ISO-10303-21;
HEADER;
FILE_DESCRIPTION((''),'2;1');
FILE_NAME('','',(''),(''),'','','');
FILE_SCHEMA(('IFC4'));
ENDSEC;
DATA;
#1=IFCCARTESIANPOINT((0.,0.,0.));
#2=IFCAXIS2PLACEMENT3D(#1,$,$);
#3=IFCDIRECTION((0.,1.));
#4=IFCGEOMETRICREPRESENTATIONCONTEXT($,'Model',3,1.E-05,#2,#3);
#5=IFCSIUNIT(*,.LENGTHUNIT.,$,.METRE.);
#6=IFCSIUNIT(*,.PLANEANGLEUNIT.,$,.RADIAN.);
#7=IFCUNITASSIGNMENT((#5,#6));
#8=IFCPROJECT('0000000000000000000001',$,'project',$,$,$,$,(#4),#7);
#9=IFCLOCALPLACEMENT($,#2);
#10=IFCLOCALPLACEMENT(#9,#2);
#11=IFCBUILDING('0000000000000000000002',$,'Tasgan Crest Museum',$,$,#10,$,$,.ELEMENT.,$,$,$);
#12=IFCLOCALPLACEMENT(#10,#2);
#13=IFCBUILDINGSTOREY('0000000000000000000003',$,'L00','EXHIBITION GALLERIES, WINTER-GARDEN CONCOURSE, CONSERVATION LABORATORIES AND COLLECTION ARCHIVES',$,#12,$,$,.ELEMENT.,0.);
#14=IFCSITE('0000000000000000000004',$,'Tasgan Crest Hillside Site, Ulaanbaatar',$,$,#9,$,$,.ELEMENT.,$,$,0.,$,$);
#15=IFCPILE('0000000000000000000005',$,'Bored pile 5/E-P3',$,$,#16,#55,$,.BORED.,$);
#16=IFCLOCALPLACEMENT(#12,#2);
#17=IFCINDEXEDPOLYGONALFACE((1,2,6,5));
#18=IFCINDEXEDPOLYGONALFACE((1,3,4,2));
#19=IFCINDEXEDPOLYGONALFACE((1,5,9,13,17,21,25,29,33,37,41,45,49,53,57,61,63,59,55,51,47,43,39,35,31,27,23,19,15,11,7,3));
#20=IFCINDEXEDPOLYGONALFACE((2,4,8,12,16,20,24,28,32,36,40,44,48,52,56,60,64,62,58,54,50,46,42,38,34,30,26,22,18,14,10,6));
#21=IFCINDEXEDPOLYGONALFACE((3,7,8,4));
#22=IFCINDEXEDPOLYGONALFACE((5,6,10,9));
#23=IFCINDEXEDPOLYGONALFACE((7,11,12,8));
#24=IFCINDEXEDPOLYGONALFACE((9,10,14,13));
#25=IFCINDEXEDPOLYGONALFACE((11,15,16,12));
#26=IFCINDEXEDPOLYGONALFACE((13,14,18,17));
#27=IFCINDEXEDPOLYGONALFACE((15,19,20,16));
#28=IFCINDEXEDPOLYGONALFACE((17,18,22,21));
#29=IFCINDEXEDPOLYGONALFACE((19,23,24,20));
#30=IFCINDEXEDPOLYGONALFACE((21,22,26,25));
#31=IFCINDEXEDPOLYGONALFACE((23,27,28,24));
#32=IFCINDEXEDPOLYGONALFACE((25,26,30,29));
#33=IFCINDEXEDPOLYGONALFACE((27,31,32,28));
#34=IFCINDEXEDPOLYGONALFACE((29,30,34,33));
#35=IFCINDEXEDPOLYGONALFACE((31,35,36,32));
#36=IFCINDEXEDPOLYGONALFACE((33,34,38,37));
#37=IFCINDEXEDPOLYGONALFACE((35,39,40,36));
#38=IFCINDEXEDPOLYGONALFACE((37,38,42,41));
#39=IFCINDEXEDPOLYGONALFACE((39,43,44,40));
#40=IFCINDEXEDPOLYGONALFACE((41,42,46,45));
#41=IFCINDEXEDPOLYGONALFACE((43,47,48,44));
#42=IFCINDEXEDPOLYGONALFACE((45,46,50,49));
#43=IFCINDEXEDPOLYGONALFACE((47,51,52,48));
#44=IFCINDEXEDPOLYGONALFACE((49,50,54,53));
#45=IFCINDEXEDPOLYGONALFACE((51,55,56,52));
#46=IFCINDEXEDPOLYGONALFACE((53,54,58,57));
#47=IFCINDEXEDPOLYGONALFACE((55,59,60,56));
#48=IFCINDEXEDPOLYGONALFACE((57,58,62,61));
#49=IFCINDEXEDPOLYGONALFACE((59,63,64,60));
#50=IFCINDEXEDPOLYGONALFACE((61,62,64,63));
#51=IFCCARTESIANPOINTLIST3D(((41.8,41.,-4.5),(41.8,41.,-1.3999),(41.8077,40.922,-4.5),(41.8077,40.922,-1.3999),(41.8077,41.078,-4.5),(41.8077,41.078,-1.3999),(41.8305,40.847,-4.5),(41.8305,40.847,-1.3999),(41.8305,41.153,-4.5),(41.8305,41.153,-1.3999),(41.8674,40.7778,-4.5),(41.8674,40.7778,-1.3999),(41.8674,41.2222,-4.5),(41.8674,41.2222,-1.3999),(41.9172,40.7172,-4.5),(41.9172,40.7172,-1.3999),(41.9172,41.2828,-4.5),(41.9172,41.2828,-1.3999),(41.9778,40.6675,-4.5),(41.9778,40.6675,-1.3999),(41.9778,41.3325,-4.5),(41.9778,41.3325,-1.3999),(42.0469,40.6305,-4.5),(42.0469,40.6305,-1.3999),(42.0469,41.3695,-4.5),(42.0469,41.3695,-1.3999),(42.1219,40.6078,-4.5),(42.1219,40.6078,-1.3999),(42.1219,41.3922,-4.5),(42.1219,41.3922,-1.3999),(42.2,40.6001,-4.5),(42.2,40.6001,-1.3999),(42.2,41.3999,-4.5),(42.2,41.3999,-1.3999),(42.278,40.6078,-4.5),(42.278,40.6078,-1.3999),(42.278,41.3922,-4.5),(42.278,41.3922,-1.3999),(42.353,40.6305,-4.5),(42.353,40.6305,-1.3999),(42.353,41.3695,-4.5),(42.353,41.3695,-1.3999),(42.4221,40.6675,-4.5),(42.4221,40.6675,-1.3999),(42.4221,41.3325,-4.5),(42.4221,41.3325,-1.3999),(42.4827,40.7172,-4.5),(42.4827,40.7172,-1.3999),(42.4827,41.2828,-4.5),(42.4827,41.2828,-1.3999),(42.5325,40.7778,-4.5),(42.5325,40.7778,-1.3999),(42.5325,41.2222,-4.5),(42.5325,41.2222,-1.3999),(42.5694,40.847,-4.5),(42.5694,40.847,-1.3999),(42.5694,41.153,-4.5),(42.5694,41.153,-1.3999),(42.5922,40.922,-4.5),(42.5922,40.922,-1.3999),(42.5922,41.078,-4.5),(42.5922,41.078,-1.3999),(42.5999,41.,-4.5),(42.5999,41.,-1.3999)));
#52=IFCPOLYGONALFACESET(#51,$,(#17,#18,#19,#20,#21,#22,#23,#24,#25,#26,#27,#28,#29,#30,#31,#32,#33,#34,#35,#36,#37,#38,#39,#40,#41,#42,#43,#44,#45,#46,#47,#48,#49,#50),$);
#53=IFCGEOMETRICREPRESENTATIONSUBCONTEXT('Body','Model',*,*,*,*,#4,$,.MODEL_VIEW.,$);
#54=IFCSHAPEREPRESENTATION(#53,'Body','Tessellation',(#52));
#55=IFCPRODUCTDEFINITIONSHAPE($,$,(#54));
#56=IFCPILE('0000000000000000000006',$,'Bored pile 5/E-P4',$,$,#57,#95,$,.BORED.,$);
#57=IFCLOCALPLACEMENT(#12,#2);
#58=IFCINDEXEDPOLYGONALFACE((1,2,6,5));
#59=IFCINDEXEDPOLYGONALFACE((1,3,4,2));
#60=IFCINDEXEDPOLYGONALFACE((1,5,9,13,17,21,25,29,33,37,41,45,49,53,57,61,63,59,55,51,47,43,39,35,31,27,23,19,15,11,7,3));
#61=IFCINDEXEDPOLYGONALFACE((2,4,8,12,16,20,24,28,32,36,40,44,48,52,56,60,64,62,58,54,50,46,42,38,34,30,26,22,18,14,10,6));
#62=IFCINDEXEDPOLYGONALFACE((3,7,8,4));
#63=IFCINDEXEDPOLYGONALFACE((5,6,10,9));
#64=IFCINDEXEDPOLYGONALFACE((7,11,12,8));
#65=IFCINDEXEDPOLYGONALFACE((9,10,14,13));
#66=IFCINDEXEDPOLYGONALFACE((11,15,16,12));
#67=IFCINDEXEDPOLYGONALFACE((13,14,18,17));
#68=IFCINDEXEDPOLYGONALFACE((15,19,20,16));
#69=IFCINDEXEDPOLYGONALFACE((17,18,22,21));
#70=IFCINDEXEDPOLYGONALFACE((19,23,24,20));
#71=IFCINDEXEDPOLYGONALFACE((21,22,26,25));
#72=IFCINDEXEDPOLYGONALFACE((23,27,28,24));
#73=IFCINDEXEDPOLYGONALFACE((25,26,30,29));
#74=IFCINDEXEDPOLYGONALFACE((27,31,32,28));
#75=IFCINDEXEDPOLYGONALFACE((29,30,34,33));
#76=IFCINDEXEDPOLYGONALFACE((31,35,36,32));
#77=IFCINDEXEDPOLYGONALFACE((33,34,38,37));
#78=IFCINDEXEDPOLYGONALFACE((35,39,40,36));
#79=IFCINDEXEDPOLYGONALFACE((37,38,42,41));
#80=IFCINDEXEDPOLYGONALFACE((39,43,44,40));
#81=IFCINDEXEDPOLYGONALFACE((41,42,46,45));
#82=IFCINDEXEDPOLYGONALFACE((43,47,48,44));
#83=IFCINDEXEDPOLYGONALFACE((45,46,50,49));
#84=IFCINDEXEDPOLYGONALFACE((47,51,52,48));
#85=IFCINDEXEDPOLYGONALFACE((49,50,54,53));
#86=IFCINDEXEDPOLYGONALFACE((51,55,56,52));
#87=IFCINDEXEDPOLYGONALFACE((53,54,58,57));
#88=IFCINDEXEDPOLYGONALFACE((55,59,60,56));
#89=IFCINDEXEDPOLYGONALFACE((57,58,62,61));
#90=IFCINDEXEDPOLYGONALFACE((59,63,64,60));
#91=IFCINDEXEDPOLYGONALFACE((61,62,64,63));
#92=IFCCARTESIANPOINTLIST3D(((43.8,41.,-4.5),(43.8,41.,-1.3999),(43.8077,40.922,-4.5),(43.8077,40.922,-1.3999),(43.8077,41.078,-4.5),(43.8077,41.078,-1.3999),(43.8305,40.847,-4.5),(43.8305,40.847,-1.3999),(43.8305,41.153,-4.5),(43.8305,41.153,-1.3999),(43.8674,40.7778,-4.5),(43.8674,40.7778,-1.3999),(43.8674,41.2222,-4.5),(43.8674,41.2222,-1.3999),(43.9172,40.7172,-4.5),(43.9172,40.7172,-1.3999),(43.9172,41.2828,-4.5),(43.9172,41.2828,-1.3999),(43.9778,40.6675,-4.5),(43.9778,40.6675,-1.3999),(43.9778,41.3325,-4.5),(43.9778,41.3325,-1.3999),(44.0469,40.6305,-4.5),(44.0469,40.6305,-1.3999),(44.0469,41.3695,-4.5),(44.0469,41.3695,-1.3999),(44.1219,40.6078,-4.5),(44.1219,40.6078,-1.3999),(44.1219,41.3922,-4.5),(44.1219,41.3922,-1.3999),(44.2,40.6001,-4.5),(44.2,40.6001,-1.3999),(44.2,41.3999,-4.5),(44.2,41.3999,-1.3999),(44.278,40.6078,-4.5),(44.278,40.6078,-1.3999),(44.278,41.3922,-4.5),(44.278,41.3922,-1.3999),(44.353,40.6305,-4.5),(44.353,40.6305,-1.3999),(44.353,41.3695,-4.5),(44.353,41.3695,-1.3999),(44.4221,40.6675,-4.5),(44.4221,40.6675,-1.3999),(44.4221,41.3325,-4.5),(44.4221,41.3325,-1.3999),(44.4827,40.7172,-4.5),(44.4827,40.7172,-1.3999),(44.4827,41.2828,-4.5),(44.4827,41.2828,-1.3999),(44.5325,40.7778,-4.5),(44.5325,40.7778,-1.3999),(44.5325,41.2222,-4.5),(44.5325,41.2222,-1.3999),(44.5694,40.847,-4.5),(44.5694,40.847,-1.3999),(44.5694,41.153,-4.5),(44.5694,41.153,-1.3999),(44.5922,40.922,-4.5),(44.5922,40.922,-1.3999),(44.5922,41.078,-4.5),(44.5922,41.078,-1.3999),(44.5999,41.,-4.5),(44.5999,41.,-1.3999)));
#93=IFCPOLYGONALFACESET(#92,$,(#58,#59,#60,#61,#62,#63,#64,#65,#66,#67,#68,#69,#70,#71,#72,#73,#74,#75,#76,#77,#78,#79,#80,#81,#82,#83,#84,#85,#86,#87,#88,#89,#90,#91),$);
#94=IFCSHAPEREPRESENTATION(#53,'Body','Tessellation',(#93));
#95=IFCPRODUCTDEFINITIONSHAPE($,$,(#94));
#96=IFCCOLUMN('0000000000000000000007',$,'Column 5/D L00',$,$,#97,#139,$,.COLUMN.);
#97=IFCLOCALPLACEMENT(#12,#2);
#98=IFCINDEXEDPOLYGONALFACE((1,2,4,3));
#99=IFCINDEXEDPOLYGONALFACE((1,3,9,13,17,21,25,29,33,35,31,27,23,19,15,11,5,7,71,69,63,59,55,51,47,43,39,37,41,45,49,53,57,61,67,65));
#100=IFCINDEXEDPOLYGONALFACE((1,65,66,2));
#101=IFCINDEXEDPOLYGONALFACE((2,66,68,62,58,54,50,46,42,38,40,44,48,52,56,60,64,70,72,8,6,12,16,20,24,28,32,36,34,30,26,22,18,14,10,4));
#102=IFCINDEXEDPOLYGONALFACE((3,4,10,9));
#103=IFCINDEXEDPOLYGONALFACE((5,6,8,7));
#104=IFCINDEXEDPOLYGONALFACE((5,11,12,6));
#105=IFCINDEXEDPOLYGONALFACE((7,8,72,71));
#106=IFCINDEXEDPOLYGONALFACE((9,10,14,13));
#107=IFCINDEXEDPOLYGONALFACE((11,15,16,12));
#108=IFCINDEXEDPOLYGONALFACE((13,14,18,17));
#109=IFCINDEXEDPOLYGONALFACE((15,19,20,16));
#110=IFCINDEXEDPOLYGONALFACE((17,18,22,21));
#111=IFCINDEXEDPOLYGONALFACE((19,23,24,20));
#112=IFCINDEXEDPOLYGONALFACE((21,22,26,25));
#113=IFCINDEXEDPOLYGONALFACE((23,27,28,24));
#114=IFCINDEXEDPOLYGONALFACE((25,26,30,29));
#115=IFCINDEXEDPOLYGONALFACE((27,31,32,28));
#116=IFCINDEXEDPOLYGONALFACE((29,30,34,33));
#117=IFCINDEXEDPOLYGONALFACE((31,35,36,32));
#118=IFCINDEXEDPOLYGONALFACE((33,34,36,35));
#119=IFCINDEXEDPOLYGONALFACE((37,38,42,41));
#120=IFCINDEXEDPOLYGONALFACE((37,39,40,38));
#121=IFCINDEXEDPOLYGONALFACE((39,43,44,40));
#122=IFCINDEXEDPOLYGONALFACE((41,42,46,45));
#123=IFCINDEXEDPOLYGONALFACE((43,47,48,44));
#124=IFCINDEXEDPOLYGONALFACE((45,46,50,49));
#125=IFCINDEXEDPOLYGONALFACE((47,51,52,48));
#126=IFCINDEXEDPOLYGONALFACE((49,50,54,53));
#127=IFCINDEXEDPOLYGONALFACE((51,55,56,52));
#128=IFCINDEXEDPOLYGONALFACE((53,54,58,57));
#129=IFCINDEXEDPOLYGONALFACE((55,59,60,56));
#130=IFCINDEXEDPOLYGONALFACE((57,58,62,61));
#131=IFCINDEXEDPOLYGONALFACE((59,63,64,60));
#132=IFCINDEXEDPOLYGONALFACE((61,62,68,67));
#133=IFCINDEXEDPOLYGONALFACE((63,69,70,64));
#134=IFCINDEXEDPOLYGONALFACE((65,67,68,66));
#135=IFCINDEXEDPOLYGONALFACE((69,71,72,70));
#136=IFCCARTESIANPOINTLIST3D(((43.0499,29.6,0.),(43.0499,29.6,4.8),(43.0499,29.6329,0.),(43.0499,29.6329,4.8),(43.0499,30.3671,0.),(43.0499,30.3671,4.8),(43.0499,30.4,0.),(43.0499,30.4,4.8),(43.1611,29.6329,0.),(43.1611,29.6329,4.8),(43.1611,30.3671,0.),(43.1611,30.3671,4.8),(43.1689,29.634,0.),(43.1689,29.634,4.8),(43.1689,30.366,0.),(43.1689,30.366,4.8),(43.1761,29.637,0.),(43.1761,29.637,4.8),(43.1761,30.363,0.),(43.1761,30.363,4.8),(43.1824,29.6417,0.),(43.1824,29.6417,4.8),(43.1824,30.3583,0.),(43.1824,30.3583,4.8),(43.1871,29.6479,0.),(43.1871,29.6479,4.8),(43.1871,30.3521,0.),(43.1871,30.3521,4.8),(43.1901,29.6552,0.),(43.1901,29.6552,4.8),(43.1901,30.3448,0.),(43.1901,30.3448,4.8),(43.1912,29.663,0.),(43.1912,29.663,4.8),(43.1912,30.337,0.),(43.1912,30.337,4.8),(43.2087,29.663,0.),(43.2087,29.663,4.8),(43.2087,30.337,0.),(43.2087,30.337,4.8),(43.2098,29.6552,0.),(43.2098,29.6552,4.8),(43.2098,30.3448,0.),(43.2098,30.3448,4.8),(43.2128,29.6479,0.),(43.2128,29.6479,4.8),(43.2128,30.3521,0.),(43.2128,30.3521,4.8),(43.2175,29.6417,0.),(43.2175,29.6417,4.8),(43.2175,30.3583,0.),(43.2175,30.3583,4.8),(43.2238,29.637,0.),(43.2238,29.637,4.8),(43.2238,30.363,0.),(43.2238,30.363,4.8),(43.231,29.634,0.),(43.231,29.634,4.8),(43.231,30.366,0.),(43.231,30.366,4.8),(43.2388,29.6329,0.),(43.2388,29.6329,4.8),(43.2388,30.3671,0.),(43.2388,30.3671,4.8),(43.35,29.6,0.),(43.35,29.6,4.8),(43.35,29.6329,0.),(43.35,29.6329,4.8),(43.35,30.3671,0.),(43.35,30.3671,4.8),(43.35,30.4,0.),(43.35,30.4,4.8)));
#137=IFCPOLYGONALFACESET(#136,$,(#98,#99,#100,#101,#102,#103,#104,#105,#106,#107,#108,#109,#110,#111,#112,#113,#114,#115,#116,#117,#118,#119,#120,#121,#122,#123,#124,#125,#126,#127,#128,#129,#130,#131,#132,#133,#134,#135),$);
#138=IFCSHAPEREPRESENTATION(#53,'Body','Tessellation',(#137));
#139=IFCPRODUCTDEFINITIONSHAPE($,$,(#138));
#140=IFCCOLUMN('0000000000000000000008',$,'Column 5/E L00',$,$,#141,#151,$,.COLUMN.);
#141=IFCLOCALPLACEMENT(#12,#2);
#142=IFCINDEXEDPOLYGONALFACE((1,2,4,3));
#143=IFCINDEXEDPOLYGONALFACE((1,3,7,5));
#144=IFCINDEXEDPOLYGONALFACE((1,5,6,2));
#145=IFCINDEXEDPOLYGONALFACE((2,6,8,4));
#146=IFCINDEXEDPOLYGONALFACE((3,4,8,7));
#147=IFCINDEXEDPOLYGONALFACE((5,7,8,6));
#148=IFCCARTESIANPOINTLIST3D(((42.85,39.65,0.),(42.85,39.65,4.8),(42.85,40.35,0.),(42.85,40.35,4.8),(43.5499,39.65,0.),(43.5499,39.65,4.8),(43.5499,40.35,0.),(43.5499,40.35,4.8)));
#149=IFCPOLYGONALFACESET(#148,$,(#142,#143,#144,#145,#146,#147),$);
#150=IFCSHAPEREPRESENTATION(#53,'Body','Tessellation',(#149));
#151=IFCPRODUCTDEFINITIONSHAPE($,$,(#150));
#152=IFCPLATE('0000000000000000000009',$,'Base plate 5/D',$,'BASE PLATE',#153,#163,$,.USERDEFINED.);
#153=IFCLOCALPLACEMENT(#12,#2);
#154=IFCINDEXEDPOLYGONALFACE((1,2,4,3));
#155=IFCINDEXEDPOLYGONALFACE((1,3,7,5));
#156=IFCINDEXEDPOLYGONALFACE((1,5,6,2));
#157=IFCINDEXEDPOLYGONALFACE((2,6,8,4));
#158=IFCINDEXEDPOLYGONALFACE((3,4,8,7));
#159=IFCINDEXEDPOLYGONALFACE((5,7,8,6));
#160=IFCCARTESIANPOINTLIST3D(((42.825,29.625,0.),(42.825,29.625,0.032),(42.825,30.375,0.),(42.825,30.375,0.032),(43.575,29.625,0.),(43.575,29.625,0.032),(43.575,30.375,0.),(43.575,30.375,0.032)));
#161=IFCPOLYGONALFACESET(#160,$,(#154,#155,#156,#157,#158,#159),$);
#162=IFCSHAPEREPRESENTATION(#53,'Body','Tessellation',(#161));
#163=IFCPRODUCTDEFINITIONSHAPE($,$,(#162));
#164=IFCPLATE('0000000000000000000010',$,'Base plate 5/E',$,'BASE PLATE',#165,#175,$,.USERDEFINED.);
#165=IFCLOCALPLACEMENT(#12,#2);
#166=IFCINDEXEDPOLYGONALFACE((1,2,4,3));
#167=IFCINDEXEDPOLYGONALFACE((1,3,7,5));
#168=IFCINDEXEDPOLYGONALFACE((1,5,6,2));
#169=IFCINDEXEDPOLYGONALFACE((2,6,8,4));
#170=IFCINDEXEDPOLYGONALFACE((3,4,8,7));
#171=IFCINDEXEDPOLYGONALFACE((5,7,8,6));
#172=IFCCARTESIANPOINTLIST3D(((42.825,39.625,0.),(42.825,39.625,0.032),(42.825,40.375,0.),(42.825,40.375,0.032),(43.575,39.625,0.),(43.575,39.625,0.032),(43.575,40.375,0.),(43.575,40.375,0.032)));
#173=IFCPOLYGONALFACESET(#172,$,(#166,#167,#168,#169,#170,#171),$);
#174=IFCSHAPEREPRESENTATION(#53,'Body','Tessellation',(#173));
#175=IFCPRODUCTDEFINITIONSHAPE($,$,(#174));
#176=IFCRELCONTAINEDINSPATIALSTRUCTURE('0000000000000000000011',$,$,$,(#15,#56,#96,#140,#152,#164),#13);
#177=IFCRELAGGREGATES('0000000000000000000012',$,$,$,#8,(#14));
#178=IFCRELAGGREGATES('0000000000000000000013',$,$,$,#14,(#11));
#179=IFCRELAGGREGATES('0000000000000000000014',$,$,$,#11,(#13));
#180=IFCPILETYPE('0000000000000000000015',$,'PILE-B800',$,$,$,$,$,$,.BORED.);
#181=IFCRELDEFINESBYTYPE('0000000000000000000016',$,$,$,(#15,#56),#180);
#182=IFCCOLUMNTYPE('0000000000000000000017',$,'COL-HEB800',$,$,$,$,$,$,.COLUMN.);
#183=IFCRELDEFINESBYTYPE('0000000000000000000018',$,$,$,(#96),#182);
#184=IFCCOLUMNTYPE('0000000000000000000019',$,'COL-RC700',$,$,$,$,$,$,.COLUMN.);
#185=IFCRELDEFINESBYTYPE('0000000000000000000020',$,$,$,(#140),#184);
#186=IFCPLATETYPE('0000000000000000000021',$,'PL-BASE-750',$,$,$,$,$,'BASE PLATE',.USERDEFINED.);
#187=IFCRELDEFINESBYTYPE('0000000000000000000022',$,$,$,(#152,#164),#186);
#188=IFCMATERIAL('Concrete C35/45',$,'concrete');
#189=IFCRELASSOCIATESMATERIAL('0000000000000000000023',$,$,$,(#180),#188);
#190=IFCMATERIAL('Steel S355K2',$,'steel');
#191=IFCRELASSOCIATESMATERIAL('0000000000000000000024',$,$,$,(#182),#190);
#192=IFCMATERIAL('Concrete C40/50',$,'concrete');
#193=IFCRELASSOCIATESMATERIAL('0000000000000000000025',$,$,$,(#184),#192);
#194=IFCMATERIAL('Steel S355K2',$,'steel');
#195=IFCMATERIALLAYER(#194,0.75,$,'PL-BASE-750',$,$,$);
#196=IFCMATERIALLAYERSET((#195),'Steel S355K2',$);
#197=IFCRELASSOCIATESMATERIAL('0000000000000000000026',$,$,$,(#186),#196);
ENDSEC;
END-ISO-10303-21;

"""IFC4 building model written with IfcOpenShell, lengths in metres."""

from ifc_helpers import new_model, si_unit, direction, frame, origin, origin_2d, place, context, subcontext, project, spatial, rectangle, circle, i_section, extrude, material, layer, layer_set, material_profile, profile_set, type_object, element, save


model = new_model("IFC4")

# Units and contexts
model_context = context("Model", 3, precision=1e-05, world=origin(), true_north=direction((0.0, 1.0)))
body_context = subcontext(model_context, "Body", "Model", "MODEL_VIEW")
ifc_project = project(units=[si_unit("LENGTHUNIT", "METRE"), si_unit("PLANEANGLEUNIT", "RADIAN")], contexts=[model_context])

# Site, building, storey
site_placement = place(None, origin())
site = spatial("IfcSite", under=ifc_project, at=site_placement, Name="Tasgan Crest Hillside Site, Ulaanbaatar", CompositionType="ELEMENT", RefElevation=0.0)
building_placement = place(site_placement, origin())
building = spatial("IfcBuilding", under=site, at=building_placement, Name="Tasgan Crest Museum", CompositionType="ELEMENT")
storey_placement = place(building_placement, origin())
storey = spatial("IfcBuildingStorey", under=building, at=storey_placement, Name="L00", Description="EXHIBITION GALLERIES, WINTER-GARDEN CONCOURSE, CONSERVATION LABORATORIES AND COLLECTION ARCHIVES", CompositionType="ELEMENT", Elevation=0.0)

# Piles
ifc_material_1 = material(Name="Concrete C35/45", Category="concrete")
ifc_material_profile_1 = material_profile(ifc_material_1, circle(Radius=0.3999, at=origin_2d()), Name="PILE D800")
ifc_profile_set_1 = profile_set([ifc_material_profile_1], Name="Concrete C35/45")
pile_type = type_object("IfcPileType", Name="PILE-B800", PredefinedType="BORED", material=ifc_profile_set_1)
for number, where, z_axis, x_axis, name in (
    (1, (42.2, 41.0, -1.3999), (0.0, 0.0, -1.0), (1.0, 0.0, 0.0), "Bored pile 5/E-P3"),
    (2, (44.2, 41.0, -1.3999), (0.0, 0.0, -1.0), (1.0, 0.0, 0.0), "Bored pile 5/E-P4"),
):
    element("IfcPile", number, at=place(storey_placement, frame(where, z_axis=z_axis, x_axis=x_axis)), inside=storey, type_object=pile_type, Name=name, PredefinedType="BORED", context=body_context, shape_type="SweptSolid", body=[
        extrude(circle(Radius=0.3999, at=origin_2d()), origin(), (0.0, 0.0, 1.0), 3.1001),
    ])

# Columns
ifc_material_2 = material(Name="Steel S355K2", Category="steel")
ifc_material_profile_2 = material_profile(ifc_material_2, i_section(OverallWidth=0.3, OverallDepth=0.8, WebThickness=0.0176, FlangeThickness=0.033, FilletRadius=0.03, at=origin_2d()), Name="HEB 800")
ifc_profile_set_2 = profile_set([ifc_material_profile_2], Name="Steel S355K2")
column_type_1 = type_object("IfcColumnType", Name="COL-HEB800", PredefinedType="COLUMN", material=ifc_profile_set_2)
column_1_placement = place(storey_placement, frame((43.2, 30.0, 0.0), z_axis=(0.0, 0.0, 1.0), x_axis=(1.0, 0.0, 0.0)))
element("IfcColumn", 3, at=column_1_placement, inside=storey, type_object=column_type_1, Name="Column 5/D L00", PredefinedType="COLUMN", context=body_context, shape_type="SweptSolid", body=[
    extrude(i_section(OverallWidth=0.3, OverallDepth=0.8, WebThickness=0.0176, FlangeThickness=0.033, FilletRadius=0.03, at=origin_2d()), origin(), (0.0, 0.0, 1.0), 4.8),
])
ifc_material_3 = material(Name="Concrete C40/50", Category="concrete")
ifc_material_profile_3 = material_profile(ifc_material_3, rectangle(XDim=0.7, YDim=0.7, at=origin_2d()), Name="RC 700x700")
ifc_profile_set_3 = profile_set([ifc_material_profile_3], Name="Concrete C40/50")
column_type_2 = type_object("IfcColumnType", Name="COL-RC700", PredefinedType="COLUMN", material=ifc_profile_set_3)
column_2_placement = place(storey_placement, frame((43.2, 40.0, 0.0), z_axis=(0.0, 0.0, 1.0), x_axis=(1.0, 0.0, 0.0)))
element("IfcColumn", 4, at=column_2_placement, inside=storey, type_object=column_type_2, Name="Column 5/E L00", PredefinedType="COLUMN", context=body_context, shape_type="SweptSolid", body=[
    extrude(rectangle(XDim=0.7, YDim=0.7, at=origin_2d()), origin(), (0.0, 0.0, 1.0), 4.8),
])

# Plates
ifc_material_4 = material(Name="Steel S355K2", Category="steel")
ifc_layer_1 = layer(ifc_material_4, 0.75, Name="PL-BASE-750")
ifc_layer_set_1 = layer_set([ifc_layer_1], Name="Steel S355K2")
plate_type = type_object("IfcPlateType", Name="PL-BASE-750", ElementType="BASE PLATE", PredefinedType="USERDEFINED", material=ifc_layer_set_1)
for number, where, z_axis, x_axis, name in (
    (5, (43.2, 30.0, 0.0), (0.0, 0.0, 1.0), (1.0, 0.0, 0.0), "Base plate 5/D"),
    (6, (43.2, 40.0, 0.0), (0.0, 0.0, 1.0), (1.0, 0.0, 0.0), "Base plate 5/E"),
):
    element("IfcPlate", number, at=place(storey_placement, frame(where, z_axis=z_axis, x_axis=x_axis)), inside=storey, type_object=plate_type, Name=name, ObjectType="BASE PLATE", PredefinedType="USERDEFINED", context=body_context, shape_type="SweptSolid", body=[
        extrude(rectangle(XDim=0.75, YDim=0.75, at=origin_2d()), origin(), (0.0, 0.0, 1.0), 0.032),
    ])

save(model, "model.ifc")
